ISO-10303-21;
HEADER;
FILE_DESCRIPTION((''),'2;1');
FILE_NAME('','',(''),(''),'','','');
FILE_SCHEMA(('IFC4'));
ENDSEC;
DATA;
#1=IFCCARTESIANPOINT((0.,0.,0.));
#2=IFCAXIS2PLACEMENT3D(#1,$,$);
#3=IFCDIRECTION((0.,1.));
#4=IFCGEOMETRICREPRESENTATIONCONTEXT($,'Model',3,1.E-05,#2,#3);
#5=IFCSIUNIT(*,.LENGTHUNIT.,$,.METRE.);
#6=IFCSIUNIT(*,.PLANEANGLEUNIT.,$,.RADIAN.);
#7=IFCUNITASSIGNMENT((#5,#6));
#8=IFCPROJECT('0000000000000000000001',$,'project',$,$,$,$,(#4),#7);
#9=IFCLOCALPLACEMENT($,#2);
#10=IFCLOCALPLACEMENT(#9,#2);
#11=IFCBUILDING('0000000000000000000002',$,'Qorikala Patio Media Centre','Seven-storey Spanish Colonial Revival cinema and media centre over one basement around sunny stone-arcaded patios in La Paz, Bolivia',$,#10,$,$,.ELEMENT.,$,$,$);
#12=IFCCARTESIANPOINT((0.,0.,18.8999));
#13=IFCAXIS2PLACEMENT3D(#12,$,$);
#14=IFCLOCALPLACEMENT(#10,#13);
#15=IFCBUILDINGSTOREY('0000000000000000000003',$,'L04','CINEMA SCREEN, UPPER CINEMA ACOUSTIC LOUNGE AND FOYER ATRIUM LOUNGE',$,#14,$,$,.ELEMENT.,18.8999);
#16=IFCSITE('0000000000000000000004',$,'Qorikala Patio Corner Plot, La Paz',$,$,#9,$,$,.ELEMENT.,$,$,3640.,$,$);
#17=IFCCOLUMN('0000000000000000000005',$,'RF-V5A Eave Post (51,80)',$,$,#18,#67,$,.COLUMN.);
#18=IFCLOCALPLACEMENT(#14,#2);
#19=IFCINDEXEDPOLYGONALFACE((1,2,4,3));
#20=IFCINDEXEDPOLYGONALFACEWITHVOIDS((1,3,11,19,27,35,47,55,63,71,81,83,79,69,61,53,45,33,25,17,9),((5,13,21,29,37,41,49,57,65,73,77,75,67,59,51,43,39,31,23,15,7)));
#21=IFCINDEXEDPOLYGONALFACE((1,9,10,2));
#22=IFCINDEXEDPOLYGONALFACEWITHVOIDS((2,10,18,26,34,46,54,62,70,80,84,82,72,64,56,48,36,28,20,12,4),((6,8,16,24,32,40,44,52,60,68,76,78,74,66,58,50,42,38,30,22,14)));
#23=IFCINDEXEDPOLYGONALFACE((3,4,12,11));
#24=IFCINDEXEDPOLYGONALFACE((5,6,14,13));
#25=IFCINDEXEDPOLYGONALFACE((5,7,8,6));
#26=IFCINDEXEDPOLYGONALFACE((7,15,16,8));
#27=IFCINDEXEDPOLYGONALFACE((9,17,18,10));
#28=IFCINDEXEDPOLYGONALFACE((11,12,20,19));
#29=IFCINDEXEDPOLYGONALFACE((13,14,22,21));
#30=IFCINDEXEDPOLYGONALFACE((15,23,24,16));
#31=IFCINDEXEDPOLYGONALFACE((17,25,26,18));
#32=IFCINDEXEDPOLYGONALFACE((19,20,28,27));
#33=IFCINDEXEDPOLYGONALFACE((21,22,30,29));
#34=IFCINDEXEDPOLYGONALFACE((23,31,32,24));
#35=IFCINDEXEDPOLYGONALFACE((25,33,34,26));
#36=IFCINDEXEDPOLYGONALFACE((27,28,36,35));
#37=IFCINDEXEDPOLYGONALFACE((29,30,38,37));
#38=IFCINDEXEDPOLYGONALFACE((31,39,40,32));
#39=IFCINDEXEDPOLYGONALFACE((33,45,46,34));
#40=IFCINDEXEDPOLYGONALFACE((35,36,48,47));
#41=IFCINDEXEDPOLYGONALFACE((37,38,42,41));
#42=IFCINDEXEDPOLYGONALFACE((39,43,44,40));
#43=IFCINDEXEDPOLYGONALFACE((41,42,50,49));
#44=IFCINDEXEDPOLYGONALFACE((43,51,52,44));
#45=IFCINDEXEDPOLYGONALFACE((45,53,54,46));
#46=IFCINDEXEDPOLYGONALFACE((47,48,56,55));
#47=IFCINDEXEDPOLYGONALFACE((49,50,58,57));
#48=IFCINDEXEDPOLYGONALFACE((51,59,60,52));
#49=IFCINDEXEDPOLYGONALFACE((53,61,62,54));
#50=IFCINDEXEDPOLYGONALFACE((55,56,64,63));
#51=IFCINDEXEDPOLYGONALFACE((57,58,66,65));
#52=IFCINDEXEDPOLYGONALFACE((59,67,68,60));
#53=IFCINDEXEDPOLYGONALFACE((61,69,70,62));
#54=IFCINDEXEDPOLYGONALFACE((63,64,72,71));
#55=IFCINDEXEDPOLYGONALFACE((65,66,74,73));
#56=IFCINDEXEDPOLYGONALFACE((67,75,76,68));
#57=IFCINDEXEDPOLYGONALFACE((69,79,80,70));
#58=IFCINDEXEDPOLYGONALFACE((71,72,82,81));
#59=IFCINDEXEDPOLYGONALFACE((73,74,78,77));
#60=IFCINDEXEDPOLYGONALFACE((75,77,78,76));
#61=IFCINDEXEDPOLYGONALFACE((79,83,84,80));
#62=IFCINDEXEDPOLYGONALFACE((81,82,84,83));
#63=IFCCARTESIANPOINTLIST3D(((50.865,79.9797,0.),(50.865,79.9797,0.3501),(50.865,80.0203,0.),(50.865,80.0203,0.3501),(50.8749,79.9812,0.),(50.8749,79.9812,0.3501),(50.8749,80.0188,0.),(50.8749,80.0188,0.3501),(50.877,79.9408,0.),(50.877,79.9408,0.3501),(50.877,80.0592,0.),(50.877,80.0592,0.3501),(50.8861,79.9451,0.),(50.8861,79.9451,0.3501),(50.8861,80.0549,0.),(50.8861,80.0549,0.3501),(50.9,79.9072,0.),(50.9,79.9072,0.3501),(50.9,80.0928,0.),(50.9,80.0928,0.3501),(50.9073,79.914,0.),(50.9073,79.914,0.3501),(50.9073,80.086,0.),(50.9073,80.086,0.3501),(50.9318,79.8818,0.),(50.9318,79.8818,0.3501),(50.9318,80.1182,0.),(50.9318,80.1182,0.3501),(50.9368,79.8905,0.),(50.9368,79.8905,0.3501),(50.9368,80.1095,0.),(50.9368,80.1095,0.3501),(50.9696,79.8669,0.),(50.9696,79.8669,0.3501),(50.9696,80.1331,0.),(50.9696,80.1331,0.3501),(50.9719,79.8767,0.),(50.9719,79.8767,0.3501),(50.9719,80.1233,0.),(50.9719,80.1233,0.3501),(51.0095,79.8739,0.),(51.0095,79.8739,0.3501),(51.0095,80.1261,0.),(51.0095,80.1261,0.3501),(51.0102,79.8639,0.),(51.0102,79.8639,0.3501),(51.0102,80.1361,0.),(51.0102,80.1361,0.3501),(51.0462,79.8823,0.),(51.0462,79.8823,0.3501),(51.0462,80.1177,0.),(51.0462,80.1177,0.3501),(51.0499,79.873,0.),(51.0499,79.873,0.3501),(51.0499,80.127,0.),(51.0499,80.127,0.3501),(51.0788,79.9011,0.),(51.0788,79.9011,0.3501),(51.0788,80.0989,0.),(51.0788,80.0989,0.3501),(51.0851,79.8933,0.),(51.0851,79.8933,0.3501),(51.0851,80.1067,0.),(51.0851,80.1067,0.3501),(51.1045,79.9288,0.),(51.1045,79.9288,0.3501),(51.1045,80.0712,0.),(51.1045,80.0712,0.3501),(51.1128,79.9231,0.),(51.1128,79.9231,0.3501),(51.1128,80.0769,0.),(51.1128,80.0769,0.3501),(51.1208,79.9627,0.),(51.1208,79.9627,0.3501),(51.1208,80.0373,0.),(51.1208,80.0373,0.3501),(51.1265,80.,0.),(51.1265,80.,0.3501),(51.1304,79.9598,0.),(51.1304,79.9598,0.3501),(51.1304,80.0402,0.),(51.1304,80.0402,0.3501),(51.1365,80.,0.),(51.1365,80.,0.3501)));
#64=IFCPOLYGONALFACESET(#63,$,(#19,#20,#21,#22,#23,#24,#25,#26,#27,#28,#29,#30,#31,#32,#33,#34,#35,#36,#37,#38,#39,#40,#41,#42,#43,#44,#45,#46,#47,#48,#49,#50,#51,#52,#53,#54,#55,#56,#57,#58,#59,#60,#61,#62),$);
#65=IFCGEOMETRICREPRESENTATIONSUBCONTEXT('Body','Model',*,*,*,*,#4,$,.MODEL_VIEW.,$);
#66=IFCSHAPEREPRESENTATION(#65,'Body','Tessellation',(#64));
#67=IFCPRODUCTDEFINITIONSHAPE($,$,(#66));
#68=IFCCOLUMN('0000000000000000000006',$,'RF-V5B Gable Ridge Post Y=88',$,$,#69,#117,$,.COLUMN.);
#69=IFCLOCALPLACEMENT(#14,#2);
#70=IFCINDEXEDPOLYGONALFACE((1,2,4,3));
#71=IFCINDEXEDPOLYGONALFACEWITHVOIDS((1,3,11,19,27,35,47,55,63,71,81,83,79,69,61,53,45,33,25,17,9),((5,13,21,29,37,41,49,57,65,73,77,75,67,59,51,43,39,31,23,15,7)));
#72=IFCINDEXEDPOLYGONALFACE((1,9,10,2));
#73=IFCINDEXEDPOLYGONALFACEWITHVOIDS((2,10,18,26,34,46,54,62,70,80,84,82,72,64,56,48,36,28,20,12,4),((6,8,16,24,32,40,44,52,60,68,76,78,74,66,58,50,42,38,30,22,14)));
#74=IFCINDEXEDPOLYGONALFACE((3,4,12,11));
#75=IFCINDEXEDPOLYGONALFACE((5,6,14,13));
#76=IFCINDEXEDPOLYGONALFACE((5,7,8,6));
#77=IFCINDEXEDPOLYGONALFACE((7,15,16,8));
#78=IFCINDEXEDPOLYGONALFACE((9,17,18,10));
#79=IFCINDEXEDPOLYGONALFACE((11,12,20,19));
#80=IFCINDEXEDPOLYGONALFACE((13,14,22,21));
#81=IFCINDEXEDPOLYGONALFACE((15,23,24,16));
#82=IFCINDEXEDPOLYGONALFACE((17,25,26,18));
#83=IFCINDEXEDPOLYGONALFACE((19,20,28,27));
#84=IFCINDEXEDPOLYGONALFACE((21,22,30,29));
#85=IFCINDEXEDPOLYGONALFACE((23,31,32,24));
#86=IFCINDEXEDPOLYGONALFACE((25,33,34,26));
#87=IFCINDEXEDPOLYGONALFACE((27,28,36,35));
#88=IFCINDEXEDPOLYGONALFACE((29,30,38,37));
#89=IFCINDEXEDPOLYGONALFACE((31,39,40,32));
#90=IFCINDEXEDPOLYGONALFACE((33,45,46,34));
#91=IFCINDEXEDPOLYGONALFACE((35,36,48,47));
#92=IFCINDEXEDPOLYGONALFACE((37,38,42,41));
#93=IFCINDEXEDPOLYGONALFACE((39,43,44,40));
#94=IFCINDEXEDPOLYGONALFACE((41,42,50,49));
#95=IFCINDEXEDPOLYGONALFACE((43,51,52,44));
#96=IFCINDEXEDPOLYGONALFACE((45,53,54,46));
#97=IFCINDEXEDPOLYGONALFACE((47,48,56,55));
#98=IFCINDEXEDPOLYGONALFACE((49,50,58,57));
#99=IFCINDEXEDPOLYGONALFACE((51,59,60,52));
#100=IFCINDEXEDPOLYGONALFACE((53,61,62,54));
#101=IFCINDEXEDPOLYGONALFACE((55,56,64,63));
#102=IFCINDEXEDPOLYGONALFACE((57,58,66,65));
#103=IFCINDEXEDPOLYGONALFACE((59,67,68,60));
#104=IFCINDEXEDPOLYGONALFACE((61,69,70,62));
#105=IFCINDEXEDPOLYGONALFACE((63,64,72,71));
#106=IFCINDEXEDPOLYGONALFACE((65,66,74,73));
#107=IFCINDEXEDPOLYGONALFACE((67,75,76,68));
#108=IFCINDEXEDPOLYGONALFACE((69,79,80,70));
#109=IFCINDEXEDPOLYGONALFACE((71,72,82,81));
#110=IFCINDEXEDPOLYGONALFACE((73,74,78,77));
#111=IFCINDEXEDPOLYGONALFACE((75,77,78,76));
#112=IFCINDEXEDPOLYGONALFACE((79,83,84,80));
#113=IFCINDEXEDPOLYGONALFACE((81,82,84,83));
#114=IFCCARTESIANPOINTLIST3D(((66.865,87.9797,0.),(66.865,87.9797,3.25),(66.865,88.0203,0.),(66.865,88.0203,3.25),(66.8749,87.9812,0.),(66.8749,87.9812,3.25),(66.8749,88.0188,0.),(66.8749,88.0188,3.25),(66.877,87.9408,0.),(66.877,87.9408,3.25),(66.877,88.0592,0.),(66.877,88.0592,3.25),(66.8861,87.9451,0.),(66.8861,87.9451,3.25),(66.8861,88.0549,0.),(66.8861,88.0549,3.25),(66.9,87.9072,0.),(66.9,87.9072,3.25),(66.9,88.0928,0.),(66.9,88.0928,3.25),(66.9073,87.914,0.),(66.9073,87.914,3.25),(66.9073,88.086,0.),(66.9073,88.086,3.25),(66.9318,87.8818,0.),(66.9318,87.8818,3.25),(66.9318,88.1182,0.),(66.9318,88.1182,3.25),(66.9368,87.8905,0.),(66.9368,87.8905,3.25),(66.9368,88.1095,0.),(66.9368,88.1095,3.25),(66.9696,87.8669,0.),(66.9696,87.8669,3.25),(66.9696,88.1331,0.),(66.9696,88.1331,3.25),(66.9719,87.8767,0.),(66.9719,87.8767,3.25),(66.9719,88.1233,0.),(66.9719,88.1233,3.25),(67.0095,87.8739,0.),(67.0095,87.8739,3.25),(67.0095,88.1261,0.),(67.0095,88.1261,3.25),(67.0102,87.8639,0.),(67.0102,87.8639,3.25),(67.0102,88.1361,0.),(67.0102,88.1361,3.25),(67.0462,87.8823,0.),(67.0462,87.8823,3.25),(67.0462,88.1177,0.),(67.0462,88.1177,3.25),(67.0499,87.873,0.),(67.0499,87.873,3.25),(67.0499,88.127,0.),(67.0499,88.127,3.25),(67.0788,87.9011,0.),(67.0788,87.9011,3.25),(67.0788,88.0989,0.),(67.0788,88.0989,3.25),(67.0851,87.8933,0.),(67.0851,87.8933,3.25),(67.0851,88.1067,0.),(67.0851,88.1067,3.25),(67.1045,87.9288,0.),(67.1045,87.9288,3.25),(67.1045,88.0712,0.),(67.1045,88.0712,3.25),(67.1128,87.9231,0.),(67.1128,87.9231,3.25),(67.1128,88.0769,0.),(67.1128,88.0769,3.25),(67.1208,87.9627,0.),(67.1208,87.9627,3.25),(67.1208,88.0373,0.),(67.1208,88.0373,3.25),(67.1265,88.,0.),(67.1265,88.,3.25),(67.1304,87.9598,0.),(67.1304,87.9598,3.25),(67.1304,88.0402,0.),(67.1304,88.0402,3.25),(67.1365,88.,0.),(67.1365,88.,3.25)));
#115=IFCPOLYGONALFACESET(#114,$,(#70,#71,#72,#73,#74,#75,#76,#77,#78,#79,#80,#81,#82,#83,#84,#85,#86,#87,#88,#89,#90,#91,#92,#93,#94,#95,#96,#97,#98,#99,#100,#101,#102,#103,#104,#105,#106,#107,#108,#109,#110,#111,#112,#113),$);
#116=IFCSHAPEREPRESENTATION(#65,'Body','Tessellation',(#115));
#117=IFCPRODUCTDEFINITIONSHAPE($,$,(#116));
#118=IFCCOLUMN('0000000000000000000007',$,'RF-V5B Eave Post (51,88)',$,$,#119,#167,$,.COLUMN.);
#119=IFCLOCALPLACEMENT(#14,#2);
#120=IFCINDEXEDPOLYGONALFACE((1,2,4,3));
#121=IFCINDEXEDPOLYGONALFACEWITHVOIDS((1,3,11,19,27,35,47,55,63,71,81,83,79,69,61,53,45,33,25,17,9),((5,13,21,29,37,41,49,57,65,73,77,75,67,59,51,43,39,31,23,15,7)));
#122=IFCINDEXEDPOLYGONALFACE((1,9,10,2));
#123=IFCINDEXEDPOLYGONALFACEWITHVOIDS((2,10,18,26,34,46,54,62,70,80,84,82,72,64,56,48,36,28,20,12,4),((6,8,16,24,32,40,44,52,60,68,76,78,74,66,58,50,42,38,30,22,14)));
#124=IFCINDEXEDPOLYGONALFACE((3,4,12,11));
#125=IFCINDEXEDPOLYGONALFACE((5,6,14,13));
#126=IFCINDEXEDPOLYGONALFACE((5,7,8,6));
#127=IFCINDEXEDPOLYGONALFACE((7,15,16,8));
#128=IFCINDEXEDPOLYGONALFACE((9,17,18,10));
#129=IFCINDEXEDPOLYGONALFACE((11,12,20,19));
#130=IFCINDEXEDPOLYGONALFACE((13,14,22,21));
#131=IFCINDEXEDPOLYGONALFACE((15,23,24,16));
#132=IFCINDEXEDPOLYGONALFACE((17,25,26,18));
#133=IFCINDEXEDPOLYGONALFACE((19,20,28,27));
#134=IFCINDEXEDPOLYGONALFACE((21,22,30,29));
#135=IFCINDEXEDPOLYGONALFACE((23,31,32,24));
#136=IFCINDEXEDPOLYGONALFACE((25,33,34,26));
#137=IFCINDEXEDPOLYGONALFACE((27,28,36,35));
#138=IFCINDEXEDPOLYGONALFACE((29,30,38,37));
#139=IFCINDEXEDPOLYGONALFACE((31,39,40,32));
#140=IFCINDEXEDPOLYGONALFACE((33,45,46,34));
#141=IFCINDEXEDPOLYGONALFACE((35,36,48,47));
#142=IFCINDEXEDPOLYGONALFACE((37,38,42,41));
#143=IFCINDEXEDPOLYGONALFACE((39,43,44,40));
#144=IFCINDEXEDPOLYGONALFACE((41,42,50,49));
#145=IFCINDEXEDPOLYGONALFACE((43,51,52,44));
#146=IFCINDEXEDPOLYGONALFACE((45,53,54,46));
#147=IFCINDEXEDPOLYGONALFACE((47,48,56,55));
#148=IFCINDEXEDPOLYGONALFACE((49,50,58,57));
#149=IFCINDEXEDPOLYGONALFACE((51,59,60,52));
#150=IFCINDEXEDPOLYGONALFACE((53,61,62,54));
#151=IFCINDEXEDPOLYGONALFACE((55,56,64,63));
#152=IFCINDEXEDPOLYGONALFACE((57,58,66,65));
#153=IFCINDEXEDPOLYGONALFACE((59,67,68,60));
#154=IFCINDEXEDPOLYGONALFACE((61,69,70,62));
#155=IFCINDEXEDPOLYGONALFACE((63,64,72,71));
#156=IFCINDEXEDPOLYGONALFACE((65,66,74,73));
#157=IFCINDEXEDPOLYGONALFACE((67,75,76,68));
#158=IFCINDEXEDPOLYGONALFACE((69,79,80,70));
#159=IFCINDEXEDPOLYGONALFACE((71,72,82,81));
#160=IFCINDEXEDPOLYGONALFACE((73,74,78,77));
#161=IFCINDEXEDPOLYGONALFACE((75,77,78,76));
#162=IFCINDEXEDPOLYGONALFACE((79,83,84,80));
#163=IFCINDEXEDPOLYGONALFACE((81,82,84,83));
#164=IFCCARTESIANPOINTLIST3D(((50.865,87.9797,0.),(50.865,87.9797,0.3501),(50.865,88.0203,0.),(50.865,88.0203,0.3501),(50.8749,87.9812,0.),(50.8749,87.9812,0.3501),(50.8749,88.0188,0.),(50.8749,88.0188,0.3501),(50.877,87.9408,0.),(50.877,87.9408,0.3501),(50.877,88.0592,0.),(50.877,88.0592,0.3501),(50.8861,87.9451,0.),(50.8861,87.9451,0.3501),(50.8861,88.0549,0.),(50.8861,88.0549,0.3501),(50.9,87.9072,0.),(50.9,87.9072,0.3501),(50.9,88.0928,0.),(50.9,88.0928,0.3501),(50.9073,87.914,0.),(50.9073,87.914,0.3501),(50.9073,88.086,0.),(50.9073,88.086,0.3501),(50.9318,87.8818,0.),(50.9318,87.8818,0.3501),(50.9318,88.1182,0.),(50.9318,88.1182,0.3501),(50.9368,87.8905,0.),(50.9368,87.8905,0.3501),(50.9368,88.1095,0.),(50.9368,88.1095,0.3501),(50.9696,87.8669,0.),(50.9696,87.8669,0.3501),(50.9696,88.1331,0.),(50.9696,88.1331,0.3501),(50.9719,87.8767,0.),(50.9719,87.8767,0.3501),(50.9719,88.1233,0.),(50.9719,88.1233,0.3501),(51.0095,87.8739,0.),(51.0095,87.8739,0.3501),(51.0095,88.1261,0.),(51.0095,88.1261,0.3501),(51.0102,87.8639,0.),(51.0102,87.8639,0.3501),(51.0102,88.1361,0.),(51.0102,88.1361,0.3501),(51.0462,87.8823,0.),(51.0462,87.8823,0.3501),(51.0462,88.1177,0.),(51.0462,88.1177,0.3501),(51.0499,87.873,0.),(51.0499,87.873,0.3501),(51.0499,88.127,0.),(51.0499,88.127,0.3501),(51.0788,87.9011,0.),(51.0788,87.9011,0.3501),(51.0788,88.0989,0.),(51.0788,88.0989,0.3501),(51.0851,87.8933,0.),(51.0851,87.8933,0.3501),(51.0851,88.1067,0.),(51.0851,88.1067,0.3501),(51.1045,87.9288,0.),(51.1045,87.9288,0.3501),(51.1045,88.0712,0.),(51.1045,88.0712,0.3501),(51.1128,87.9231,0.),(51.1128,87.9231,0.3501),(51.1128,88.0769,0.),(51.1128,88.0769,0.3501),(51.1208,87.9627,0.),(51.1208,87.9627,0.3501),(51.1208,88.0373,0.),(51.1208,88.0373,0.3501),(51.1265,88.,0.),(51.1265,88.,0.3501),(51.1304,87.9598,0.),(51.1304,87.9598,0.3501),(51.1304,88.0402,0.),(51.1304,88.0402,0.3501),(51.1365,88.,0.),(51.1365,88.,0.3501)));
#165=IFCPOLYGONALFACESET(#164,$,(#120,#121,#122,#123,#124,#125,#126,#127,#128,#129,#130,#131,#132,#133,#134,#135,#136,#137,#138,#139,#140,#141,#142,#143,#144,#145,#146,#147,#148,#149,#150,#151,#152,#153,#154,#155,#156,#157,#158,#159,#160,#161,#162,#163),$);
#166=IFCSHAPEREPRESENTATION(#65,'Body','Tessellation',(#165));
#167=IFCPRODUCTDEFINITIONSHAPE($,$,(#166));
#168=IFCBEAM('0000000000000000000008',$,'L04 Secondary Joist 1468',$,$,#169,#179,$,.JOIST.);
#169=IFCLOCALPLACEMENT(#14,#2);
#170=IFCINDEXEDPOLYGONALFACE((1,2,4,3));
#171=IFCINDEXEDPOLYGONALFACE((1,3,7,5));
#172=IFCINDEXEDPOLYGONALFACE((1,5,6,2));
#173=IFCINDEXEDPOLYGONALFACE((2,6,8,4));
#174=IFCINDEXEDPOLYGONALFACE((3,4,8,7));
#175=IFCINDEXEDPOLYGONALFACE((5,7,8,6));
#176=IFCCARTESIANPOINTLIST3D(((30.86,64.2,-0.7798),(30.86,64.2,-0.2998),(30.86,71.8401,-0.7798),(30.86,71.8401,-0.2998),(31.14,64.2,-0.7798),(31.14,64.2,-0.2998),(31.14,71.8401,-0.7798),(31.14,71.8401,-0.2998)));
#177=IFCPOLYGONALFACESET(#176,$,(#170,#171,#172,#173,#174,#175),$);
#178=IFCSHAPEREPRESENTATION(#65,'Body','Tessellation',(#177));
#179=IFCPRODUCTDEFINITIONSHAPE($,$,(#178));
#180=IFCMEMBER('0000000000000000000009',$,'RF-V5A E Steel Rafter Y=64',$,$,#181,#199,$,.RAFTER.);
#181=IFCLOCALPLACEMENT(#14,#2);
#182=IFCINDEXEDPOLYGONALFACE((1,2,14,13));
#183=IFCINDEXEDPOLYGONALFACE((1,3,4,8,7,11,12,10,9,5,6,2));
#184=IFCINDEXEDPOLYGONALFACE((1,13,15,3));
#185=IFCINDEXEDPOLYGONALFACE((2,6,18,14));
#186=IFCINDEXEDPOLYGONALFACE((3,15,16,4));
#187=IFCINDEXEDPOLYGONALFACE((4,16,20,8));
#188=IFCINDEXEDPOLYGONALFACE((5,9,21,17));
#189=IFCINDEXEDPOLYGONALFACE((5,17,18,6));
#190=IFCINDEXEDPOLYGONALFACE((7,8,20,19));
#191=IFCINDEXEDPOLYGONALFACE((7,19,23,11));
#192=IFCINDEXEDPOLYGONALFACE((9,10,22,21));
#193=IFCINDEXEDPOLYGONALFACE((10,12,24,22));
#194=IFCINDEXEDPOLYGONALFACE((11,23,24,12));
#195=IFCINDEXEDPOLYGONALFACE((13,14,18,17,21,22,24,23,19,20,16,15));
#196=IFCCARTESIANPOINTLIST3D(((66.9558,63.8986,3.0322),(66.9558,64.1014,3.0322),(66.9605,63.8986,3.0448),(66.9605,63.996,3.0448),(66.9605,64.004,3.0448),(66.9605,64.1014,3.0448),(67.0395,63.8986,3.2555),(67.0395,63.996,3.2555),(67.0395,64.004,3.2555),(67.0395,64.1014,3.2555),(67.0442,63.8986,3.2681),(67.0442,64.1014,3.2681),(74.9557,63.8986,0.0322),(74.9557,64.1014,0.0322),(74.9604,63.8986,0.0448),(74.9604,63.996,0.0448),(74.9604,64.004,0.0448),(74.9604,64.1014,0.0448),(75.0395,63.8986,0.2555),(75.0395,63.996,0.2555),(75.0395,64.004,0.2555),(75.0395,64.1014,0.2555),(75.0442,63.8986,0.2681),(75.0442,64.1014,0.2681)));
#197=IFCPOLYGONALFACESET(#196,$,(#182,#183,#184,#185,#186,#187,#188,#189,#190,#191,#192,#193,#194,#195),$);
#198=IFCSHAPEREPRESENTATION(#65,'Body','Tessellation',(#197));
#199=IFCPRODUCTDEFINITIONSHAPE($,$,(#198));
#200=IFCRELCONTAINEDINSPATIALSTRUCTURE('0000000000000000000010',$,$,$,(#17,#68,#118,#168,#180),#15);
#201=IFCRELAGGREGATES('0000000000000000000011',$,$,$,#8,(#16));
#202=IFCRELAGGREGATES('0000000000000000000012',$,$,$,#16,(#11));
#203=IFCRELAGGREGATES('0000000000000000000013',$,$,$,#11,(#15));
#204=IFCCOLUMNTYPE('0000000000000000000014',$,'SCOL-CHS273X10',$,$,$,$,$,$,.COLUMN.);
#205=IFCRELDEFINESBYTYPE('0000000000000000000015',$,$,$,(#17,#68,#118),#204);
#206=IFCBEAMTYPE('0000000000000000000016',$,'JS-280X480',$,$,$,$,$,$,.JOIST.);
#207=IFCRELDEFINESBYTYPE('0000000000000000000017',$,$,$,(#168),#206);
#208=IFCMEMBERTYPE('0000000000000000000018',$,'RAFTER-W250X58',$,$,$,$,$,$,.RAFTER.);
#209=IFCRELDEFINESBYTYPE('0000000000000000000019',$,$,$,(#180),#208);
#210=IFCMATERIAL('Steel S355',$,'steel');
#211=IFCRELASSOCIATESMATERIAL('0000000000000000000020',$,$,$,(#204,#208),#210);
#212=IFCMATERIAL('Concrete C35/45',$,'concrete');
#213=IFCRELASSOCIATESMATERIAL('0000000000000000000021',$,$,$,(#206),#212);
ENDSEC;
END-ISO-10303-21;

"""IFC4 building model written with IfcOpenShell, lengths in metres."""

from ifc_helpers import new_model, si_unit, direction, frame, origin, origin_2d, place, context, subcontext, project, spatial, rectangle, hollow_circle, i_section, extrude, material, material_profile, profile_set, type_object, element, save


model = new_model("IFC4")

# Units and contexts
model_context = context("Model", 3, precision=1e-05, world=origin(), true_north=direction((0.0, 1.0)))
body_context = subcontext(model_context, "Body", "Model", "MODEL_VIEW")
ifc_project = project(units=[si_unit("LENGTHUNIT", "METRE"), si_unit("PLANEANGLEUNIT", "RADIAN")], contexts=[model_context])

# Site, building, storey
site_placement = place(None, origin())
site = spatial("IfcSite", under=ifc_project, at=site_placement, Name="Qorikala Patio Corner Plot, La Paz", CompositionType="ELEMENT", RefElevation=3640.0)
building_placement = place(site_placement, origin())
building = spatial("IfcBuilding", under=site, at=building_placement, Name="Qorikala Patio Media Centre", Description="Seven-storey Spanish Colonial Revival cinema and media centre over one basement around sunny stone-arcaded patios in La Paz, Bolivia", CompositionType="ELEMENT")
storey_placement = place(building_placement, frame((0.0, 0.0, 18.8999)))
storey = spatial("IfcBuildingStorey", under=building, at=storey_placement, Name="L04", Description="CINEMA SCREEN, UPPER CINEMA ACOUSTIC LOUNGE AND FOYER ATRIUM LOUNGE", CompositionType="ELEMENT", Elevation=18.8999)

# Columns
ifc_material_1 = material(Name="Concrete C35/45", Category="concrete")
ifc_material_2 = material(Name="Steel S355", Category="steel")
ifc_material_profile_1 = material_profile(ifc_material_2, hollow_circle(Radius=0.1365, WallThickness=0.01, at=origin_2d()), Name="CHS273X10")
ifc_profile_set_1 = profile_set([ifc_material_profile_1], Name="Steel S355")
column_type_1 = type_object("IfcColumnType", Name="SCOL-CHS273X10", PredefinedType="COLUMN", material=ifc_profile_set_1)
column_1_placement = place(storey_placement, frame((51.0, 80.0, 0.0), z_axis=(0.0, 0.0, 1.0), x_axis=(1.0, 0.0, 0.0)))
element("IfcColumn", 1, at=column_1_placement, inside=storey, type_object=column_type_1, Name="RF-V5A Eave Post (51,80)", PredefinedType="COLUMN", context=body_context, shape_type="SweptSolid", body=[
    extrude(hollow_circle(Radius=0.1365, WallThickness=0.01, at=origin_2d()), origin(), (0.0, 0.0, 1.0), 0.3501),
])
column_2_placement = place(storey_placement, frame((67.0, 88.0, 0.0), z_axis=(0.0, 0.0, 1.0), x_axis=(1.0, 0.0, 0.0)))
element("IfcColumn", 2, at=column_2_placement, inside=storey, type_object=column_type_1, Name="RF-V5B Gable Ridge Post Y=88", PredefinedType="COLUMN", context=body_context, shape_type="SweptSolid", body=[
    extrude(hollow_circle(Radius=0.1365, WallThickness=0.01, at=origin_2d()), origin(), (0.0, 0.0, 1.0), 3.25),
])
column_3_placement = place(storey_placement, frame((51.0, 88.0, 0.0), z_axis=(0.0, 0.0, 1.0), x_axis=(1.0, 0.0, 0.0)))
element("IfcColumn", 3, at=column_3_placement, inside=storey, type_object=column_type_1, Name="RF-V5B Eave Post (51,88)", PredefinedType="COLUMN", context=body_context, shape_type="SweptSolid", body=[
    extrude(hollow_circle(Radius=0.1365, WallThickness=0.01, at=origin_2d()), origin(), (0.0, 0.0, 1.0), 0.3501),
])

# Beam
ifc_material_profile_2 = material_profile(ifc_material_1, rectangle(XDim=0.28, YDim=0.48, at=origin_2d()), Name="RC 280x480")
ifc_profile_set_2 = profile_set([ifc_material_profile_2], Name="Concrete C35/45")
beam_type_1 = type_object("IfcBeamType", Name="JS-280X480", PredefinedType="JOIST", material=ifc_profile_set_2)
beam_1_placement = place(storey_placement, frame((31.0, 64.2, -0.5398), z_axis=(0.0, 1.0, 0.0), x_axis=(-1.0, 0.0, 0.0)))
element("IfcBeam", 4, at=beam_1_placement, inside=storey, type_object=beam_type_1, Name="L04 Secondary Joist 1468", PredefinedType="JOIST", context=body_context, shape_type="SweptSolid", body=[
    extrude(rectangle(XDim=0.28, YDim=0.48, at=origin_2d()), origin(), (0.0, 0.0, 1.0), 7.6401),
])

# Member
ifc_material_profile_3 = material_profile(ifc_material_2, i_section(OverallWidth=0.2029, OverallDepth=0.252, WebThickness=0.0081, FlangeThickness=0.0134, at=origin_2d()), Name="W250X58")
ifc_profile_set_3 = profile_set([ifc_material_profile_3], Name="Steel S355")
member_type = type_object("IfcMemberType", Name="RAFTER-W250X58", PredefinedType="RAFTER", material=ifc_profile_set_3)
member_1_placement = place(storey_placement, frame((67.0, 64.0, 3.1501), z_axis=(0.936329, 0.0, -0.351123), x_axis=(0.0, 1.0, 0.0)))
element("IfcMember", 5, at=member_1_placement, inside=storey, type_object=member_type, Name="RF-V5A E Steel Rafter Y=64", PredefinedType="RAFTER", context=body_context, shape_type="SweptSolid", body=[
    extrude(i_section(OverallWidth=0.2029, OverallDepth=0.252, WebThickness=0.0081, FlangeThickness=0.0134, at=origin_2d()), origin(), (0.0, 0.0, 1.0), 8.5439),
])

save(model, "model.ifc")
